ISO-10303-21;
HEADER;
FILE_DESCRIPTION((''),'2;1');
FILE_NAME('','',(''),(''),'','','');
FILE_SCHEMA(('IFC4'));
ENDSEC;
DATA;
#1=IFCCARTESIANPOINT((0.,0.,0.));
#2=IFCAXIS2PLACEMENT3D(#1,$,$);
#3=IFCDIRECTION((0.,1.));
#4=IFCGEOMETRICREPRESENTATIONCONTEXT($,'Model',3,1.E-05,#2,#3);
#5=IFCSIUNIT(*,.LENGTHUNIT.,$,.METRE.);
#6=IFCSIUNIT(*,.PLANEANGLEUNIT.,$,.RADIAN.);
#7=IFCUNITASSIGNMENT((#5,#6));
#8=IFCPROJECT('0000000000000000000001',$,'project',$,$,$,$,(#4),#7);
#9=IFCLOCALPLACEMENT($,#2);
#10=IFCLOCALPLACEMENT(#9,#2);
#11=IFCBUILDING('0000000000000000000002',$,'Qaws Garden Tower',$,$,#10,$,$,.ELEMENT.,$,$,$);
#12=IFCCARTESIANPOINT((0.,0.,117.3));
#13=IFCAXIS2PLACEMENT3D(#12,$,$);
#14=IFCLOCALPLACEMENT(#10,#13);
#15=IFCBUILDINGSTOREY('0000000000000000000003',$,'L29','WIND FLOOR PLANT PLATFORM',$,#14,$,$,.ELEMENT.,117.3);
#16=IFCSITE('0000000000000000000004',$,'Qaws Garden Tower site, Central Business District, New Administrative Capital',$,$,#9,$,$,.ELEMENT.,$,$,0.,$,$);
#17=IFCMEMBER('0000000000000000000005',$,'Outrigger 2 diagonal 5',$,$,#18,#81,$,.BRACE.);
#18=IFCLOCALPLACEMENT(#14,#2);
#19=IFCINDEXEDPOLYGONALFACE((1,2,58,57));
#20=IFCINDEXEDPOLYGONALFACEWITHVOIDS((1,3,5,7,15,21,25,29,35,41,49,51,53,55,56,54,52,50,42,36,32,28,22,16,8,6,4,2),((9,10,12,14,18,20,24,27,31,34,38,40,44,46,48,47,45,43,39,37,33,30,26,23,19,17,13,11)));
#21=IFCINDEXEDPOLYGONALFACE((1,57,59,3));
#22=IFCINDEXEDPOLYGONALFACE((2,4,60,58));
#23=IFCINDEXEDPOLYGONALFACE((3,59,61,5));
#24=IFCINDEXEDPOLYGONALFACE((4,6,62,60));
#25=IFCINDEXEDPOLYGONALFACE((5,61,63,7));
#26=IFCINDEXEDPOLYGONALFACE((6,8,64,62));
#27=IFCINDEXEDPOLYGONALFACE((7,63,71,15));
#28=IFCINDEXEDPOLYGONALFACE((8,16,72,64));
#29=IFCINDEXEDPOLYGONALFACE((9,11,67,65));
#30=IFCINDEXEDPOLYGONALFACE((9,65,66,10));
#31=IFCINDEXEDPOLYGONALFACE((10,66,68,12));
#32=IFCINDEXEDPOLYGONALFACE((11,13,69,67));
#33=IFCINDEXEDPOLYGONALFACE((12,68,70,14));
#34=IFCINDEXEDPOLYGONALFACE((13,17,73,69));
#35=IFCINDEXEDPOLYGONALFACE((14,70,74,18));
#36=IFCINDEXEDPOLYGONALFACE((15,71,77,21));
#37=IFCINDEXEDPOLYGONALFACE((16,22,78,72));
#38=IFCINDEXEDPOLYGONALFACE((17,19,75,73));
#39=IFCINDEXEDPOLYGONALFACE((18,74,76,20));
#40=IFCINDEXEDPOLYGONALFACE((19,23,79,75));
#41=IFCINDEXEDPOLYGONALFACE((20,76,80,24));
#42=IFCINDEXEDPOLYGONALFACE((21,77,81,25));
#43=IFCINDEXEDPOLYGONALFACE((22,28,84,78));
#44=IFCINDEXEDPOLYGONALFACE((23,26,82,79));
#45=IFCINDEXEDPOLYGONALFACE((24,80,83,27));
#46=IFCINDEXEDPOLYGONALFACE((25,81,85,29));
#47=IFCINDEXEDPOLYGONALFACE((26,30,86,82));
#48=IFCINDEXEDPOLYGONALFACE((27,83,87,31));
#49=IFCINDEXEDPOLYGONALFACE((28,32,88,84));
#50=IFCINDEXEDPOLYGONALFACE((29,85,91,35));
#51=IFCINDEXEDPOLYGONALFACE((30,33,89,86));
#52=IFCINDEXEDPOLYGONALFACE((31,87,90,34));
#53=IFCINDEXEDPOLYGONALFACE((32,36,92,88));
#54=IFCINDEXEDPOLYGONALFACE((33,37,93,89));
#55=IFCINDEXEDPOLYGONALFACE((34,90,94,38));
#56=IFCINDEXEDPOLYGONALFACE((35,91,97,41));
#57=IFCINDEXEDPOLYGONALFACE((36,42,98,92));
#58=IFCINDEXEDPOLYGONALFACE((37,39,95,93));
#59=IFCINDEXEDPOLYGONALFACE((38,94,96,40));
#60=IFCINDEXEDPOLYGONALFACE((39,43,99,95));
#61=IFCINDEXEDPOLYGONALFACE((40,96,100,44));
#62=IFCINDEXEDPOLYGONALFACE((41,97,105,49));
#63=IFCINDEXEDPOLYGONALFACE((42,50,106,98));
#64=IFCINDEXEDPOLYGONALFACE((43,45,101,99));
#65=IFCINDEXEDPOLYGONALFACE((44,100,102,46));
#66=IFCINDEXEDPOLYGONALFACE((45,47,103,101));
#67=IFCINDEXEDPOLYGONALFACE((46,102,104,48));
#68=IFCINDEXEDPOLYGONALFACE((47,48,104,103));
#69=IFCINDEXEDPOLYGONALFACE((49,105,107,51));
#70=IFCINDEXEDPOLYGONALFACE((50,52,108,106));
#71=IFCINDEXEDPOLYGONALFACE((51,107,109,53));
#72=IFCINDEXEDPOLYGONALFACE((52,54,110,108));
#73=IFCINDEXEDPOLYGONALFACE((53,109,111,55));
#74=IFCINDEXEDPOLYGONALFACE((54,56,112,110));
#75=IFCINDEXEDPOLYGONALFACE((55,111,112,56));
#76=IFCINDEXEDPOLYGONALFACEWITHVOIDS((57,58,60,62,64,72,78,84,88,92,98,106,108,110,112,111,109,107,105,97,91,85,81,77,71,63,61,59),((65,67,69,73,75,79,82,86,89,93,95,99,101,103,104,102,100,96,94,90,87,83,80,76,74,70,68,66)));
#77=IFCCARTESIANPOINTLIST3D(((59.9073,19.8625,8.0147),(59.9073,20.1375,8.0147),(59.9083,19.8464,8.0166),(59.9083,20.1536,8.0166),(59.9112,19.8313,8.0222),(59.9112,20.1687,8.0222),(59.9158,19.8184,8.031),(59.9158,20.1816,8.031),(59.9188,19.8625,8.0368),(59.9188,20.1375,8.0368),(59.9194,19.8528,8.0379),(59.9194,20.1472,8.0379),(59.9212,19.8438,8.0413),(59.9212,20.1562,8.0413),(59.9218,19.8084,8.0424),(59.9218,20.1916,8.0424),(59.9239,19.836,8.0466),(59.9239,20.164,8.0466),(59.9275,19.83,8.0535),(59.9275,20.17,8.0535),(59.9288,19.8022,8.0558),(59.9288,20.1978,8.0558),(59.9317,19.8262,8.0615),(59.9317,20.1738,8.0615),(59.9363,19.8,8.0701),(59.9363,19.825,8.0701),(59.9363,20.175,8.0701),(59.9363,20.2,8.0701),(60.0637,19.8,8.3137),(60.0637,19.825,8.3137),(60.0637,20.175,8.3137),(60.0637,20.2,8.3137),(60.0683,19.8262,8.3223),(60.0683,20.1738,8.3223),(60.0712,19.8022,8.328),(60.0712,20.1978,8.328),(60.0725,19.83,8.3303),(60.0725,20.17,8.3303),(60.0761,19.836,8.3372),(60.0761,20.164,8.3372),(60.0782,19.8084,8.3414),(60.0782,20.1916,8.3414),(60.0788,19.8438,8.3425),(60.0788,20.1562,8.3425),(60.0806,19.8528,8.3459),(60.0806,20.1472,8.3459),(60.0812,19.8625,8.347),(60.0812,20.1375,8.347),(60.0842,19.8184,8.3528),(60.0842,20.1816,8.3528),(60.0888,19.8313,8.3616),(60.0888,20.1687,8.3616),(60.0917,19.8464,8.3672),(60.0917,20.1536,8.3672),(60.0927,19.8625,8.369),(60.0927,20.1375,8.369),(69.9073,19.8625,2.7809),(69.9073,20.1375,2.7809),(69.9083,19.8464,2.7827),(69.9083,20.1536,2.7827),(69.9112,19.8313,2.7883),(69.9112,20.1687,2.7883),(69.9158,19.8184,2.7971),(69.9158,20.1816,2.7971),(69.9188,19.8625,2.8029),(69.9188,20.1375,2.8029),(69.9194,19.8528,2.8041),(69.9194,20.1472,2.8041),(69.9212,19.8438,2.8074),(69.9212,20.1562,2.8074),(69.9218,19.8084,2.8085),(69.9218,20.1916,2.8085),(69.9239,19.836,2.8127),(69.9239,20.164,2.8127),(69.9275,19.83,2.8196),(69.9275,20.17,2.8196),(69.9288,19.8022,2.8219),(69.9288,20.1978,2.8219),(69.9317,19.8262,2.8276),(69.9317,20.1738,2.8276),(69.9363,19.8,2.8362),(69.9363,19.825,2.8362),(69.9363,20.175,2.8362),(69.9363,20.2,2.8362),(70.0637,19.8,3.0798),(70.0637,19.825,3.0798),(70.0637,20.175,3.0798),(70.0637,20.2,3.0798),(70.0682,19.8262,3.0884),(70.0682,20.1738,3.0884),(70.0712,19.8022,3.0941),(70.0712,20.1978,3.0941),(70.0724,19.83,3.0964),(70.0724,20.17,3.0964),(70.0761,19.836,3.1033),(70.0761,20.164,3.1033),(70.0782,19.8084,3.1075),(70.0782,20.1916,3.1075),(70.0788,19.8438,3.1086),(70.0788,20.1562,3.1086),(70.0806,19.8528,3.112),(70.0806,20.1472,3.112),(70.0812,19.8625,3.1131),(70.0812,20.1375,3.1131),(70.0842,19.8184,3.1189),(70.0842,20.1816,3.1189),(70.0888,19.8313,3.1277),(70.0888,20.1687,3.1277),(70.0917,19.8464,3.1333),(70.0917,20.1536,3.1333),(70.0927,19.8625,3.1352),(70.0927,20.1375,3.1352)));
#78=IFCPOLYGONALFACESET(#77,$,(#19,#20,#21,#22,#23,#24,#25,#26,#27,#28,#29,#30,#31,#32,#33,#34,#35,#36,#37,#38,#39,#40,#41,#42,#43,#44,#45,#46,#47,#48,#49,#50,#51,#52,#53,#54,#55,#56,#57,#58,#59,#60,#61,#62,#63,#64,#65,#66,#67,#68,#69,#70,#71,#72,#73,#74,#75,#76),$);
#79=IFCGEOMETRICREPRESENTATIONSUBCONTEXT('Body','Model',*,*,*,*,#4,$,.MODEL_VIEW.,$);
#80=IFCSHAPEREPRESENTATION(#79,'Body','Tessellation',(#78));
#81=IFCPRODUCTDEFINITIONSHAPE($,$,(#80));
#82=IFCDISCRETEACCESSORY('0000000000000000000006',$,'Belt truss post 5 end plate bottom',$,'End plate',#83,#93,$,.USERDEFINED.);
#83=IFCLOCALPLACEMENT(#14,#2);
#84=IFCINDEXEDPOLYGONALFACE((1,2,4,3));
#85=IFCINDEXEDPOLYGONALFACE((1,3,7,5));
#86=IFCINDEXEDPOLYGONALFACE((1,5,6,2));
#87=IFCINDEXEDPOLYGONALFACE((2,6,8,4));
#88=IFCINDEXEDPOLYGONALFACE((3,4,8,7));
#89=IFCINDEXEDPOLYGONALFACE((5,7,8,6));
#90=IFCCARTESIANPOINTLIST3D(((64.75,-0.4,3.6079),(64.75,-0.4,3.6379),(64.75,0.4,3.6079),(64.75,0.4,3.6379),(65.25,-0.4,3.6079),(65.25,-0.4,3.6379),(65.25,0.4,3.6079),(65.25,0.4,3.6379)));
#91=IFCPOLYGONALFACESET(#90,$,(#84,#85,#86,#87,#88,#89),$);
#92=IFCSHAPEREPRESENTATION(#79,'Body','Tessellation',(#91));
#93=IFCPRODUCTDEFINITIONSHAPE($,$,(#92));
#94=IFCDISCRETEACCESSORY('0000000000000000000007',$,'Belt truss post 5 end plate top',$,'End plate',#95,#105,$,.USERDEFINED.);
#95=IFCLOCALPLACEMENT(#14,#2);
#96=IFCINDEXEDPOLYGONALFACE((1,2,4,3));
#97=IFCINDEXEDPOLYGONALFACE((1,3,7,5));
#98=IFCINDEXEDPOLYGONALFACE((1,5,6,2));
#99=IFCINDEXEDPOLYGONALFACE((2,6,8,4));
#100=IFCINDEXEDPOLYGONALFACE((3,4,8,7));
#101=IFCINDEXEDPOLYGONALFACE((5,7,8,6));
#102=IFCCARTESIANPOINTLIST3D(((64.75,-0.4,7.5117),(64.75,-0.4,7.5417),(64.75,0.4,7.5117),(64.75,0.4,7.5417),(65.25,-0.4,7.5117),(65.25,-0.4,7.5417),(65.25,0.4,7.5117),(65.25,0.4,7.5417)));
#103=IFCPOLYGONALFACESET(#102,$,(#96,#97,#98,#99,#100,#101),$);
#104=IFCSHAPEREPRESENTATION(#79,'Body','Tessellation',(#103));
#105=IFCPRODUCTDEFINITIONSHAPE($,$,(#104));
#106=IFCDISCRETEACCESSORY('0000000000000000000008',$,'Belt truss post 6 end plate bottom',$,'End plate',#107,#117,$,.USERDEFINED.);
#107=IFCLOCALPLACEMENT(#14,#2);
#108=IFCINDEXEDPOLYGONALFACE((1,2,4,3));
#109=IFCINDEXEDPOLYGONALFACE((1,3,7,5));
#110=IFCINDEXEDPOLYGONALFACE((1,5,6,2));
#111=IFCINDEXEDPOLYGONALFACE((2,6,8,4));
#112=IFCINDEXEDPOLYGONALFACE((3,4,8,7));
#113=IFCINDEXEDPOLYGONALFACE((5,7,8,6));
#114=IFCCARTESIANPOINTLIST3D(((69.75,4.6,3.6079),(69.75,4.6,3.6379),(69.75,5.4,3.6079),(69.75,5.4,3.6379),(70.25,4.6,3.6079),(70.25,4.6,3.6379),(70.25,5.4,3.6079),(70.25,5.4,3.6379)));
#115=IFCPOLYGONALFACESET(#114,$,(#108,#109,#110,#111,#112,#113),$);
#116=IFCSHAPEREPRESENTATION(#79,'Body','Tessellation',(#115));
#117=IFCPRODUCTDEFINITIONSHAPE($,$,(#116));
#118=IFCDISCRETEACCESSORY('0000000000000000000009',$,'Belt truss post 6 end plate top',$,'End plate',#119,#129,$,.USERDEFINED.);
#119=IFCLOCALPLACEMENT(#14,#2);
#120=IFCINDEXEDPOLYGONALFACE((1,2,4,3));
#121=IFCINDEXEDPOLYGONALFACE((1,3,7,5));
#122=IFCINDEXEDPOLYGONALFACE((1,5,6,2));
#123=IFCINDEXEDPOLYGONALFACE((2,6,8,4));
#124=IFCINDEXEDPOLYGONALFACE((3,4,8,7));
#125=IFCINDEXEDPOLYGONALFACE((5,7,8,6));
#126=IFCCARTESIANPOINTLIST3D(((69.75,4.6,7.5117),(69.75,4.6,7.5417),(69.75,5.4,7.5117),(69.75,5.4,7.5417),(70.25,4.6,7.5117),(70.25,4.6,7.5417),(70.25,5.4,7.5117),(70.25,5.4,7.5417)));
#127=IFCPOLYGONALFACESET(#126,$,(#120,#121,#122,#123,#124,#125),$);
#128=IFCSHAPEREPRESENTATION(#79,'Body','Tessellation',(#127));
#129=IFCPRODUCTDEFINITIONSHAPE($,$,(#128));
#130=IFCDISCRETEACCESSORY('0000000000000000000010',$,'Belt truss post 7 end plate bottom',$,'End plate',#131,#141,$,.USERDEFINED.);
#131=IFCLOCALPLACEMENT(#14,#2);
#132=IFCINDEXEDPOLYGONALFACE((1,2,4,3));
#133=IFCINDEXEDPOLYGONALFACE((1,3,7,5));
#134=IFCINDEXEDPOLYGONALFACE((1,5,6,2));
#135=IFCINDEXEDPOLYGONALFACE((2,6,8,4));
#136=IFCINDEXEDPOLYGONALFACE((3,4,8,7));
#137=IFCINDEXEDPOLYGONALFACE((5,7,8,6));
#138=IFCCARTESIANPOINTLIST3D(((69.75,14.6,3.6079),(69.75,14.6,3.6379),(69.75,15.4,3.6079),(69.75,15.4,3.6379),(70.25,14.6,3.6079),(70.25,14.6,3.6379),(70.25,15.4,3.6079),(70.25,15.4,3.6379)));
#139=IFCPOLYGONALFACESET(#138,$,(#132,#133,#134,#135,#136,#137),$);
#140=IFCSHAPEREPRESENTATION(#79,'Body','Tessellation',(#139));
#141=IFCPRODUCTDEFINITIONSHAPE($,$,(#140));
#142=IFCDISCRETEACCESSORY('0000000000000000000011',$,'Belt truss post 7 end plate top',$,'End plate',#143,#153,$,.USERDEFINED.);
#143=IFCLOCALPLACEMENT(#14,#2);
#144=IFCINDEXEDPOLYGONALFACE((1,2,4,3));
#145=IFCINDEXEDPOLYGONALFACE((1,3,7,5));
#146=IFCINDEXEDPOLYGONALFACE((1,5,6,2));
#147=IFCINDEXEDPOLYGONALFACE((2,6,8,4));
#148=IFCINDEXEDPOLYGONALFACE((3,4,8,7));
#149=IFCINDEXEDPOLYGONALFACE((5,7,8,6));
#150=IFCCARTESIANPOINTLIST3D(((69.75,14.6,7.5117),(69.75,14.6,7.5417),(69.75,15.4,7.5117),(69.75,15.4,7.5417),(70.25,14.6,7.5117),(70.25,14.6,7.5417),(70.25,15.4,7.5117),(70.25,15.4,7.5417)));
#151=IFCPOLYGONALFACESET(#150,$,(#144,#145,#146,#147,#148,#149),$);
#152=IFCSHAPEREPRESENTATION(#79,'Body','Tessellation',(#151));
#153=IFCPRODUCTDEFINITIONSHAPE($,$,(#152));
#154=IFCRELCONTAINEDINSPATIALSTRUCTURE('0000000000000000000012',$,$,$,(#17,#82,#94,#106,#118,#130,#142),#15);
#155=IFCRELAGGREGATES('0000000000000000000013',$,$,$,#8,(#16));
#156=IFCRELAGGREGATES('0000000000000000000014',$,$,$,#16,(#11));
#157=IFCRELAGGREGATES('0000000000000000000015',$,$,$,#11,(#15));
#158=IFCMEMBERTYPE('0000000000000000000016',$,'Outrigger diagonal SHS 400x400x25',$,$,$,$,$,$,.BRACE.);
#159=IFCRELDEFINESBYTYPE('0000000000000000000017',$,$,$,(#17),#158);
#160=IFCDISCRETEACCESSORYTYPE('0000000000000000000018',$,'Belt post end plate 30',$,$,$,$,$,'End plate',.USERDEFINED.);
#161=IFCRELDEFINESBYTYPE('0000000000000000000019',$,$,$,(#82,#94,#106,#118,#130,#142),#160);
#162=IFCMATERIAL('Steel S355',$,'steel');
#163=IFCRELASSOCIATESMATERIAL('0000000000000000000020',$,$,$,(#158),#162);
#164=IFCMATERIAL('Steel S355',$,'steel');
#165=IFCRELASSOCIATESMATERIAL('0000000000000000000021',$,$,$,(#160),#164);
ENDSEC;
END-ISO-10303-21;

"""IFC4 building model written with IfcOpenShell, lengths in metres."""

from ifc_helpers import new_model, si_unit, direction, frame, origin, origin_2d, place, context, subcontext, project, spatial, rectangle, hollow_rectangle, extrude, material, material_profile, profile_set, type_object, element, save


model = new_model("IFC4")

# Units and contexts
model_context = context("Model", 3, precision=1e-05, world=origin(), true_north=direction((0.0, 1.0)))
body_context = subcontext(model_context, "Body", "Model", "MODEL_VIEW")
ifc_project = project(units=[si_unit("LENGTHUNIT", "METRE"), si_unit("PLANEANGLEUNIT", "RADIAN")], contexts=[model_context])

# Site, building, storey
site_placement = place(None, origin())
site = spatial("IfcSite", under=ifc_project, at=site_placement, Name="Qaws Garden Tower site, Central Business District, New Administrative Capital", CompositionType="ELEMENT", RefElevation=0.0)
building_placement = place(site_placement, origin())
building = spatial("IfcBuilding", under=site, at=building_placement, Name="Qaws Garden Tower", CompositionType="ELEMENT")
storey_placement = place(building_placement, frame((0.0, 0.0, 117.3)))
storey = spatial("IfcBuildingStorey", under=building, at=storey_placement, Name="L29", Description="WIND FLOOR PLANT PLATFORM", CompositionType="ELEMENT", Elevation=117.3)

# Member
placement_1 = place(storey_placement, frame((65.0, 0.0, 3.6079), z_axis=(0.0, 0.0, 1.0), x_axis=(1.0, 0.0, 0.0)))
placement_2 = place(storey_placement, frame((70.0, 5.0, 3.6079), z_axis=(0.0, 0.0, 1.0), x_axis=(1.0, 0.0, 0.0)))
placement_3 = place(storey_placement, frame((70.0, 15.0, 3.6079), z_axis=(0.0, 0.0, 1.0), x_axis=(1.0, 0.0, 0.0)))
ifc_material_1 = material(Name="Steel S355", Category="steel")
ifc_material_profile_1 = material_profile(ifc_material_1, hollow_rectangle(XDim=0.3999, YDim=0.3999, WallThickness=0.0249, InnerFilletRadius=0.0376, OuterFilletRadius=0.0625, at=origin_2d()), Name="SHS 400x400x25")
ifc_profile_set_1 = profile_set([ifc_material_profile_1], Name="Steel S355")
member_type_1 = type_object("IfcMemberType", Name="Outrigger diagonal SHS 400x400x25", PredefinedType="BRACE", material=ifc_profile_set_1)
member_1_placement = place(storey_placement, frame((60.0, 20.0, 8.1919), z_axis=(0.885985, 0.0, -0.463714), x_axis=(0.0, 1.0, 0.0)))
element("IfcMember", 1, at=member_1_placement, inside=storey, type_object=member_type_1, Name="Outrigger 2 diagonal 5", PredefinedType="BRACE", context=body_context, shape_type="SweptSolid", body=[
    extrude(hollow_rectangle(XDim=0.3999, YDim=0.3999, WallThickness=0.0249, InnerFilletRadius=0.0376, OuterFilletRadius=0.0625, at=origin_2d()), origin(), (0.0, 0.0, 1.0), 11.2869),
])

# Discrete accessories
ifc_material_2 = material(Name="Steel S355", Category="steel")
discrete_accessory_type = type_object("IfcDiscreteAccessoryType", Name="Belt post end plate 30", ElementType="End plate", PredefinedType="USERDEFINED", material=ifc_material_2)
element("IfcDiscreteAccessory", 2, at=placement_1, inside=storey, type_object=discrete_accessory_type, Name="Belt truss post 5 end plate bottom", ObjectType="End plate", PredefinedType="USERDEFINED", context=body_context, shape_type="SweptSolid", body=[
    extrude(rectangle(XDim=0.5, YDim=0.8, at=origin_2d()), origin(), (0.0, 0.0, 1.0), 0.03),
])
discrete_accessory_1_placement = place(storey_placement, frame((65.0, 0.0, 7.5117), z_axis=(0.0, 0.0, 1.0), x_axis=(1.0, 0.0, 0.0)))
element("IfcDiscreteAccessory", 3, at=discrete_accessory_1_placement, inside=storey, type_object=discrete_accessory_type, Name="Belt truss post 5 end plate top", ObjectType="End plate", PredefinedType="USERDEFINED", context=body_context, shape_type="SweptSolid", body=[
    extrude(rectangle(XDim=0.5, YDim=0.8, at=origin_2d()), origin(), (0.0, 0.0, 1.0), 0.03),
])
element("IfcDiscreteAccessory", 4, at=placement_2, inside=storey, type_object=discrete_accessory_type, Name="Belt truss post 6 end plate bottom", ObjectType="End plate", PredefinedType="USERDEFINED", context=body_context, shape_type="SweptSolid", body=[
    extrude(rectangle(XDim=0.5, YDim=0.8, at=origin_2d()), origin(), (0.0, 0.0, 1.0), 0.03),
])
discrete_accessory_2_placement = place(storey_placement, frame((70.0, 5.0, 7.5117), z_axis=(0.0, 0.0, 1.0), x_axis=(1.0, 0.0, 0.0)))
element("IfcDiscreteAccessory", 5, at=discrete_accessory_2_placement, inside=storey, type_object=discrete_accessory_type, Name="Belt truss post 6 end plate top", ObjectType="End plate", PredefinedType="USERDEFINED", context=body_context, shape_type="SweptSolid", body=[
    extrude(rectangle(XDim=0.5, YDim=0.8, at=origin_2d()), origin(), (0.0, 0.0, 1.0), 0.03),
])
element("IfcDiscreteAccessory", 6, at=placement_3, inside=storey, type_object=discrete_accessory_type, Name="Belt truss post 7 end plate bottom", ObjectType="End plate", PredefinedType="USERDEFINED", context=body_context, shape_type="SweptSolid", body=[
    extrude(rectangle(XDim=0.5, YDim=0.8, at=origin_2d()), origin(), (0.0, 0.0, 1.0), 0.03),
])
discrete_accessory_3_placement = place(storey_placement, frame((70.0, 15.0, 7.5117), z_axis=(0.0, 0.0, 1.0), x_axis=(1.0, 0.0, 0.0)))
element("IfcDiscreteAccessory", 7, at=discrete_accessory_3_placement, inside=storey, type_object=discrete_accessory_type, Name="Belt truss post 7 end plate top", ObjectType="End plate", PredefinedType="USERDEFINED", context=body_context, shape_type="SweptSolid", body=[
    extrude(rectangle(XDim=0.5, YDim=0.8, at=origin_2d()), origin(), (0.0, 0.0, 1.0), 0.03),
])

save(model, "model.ifc")
